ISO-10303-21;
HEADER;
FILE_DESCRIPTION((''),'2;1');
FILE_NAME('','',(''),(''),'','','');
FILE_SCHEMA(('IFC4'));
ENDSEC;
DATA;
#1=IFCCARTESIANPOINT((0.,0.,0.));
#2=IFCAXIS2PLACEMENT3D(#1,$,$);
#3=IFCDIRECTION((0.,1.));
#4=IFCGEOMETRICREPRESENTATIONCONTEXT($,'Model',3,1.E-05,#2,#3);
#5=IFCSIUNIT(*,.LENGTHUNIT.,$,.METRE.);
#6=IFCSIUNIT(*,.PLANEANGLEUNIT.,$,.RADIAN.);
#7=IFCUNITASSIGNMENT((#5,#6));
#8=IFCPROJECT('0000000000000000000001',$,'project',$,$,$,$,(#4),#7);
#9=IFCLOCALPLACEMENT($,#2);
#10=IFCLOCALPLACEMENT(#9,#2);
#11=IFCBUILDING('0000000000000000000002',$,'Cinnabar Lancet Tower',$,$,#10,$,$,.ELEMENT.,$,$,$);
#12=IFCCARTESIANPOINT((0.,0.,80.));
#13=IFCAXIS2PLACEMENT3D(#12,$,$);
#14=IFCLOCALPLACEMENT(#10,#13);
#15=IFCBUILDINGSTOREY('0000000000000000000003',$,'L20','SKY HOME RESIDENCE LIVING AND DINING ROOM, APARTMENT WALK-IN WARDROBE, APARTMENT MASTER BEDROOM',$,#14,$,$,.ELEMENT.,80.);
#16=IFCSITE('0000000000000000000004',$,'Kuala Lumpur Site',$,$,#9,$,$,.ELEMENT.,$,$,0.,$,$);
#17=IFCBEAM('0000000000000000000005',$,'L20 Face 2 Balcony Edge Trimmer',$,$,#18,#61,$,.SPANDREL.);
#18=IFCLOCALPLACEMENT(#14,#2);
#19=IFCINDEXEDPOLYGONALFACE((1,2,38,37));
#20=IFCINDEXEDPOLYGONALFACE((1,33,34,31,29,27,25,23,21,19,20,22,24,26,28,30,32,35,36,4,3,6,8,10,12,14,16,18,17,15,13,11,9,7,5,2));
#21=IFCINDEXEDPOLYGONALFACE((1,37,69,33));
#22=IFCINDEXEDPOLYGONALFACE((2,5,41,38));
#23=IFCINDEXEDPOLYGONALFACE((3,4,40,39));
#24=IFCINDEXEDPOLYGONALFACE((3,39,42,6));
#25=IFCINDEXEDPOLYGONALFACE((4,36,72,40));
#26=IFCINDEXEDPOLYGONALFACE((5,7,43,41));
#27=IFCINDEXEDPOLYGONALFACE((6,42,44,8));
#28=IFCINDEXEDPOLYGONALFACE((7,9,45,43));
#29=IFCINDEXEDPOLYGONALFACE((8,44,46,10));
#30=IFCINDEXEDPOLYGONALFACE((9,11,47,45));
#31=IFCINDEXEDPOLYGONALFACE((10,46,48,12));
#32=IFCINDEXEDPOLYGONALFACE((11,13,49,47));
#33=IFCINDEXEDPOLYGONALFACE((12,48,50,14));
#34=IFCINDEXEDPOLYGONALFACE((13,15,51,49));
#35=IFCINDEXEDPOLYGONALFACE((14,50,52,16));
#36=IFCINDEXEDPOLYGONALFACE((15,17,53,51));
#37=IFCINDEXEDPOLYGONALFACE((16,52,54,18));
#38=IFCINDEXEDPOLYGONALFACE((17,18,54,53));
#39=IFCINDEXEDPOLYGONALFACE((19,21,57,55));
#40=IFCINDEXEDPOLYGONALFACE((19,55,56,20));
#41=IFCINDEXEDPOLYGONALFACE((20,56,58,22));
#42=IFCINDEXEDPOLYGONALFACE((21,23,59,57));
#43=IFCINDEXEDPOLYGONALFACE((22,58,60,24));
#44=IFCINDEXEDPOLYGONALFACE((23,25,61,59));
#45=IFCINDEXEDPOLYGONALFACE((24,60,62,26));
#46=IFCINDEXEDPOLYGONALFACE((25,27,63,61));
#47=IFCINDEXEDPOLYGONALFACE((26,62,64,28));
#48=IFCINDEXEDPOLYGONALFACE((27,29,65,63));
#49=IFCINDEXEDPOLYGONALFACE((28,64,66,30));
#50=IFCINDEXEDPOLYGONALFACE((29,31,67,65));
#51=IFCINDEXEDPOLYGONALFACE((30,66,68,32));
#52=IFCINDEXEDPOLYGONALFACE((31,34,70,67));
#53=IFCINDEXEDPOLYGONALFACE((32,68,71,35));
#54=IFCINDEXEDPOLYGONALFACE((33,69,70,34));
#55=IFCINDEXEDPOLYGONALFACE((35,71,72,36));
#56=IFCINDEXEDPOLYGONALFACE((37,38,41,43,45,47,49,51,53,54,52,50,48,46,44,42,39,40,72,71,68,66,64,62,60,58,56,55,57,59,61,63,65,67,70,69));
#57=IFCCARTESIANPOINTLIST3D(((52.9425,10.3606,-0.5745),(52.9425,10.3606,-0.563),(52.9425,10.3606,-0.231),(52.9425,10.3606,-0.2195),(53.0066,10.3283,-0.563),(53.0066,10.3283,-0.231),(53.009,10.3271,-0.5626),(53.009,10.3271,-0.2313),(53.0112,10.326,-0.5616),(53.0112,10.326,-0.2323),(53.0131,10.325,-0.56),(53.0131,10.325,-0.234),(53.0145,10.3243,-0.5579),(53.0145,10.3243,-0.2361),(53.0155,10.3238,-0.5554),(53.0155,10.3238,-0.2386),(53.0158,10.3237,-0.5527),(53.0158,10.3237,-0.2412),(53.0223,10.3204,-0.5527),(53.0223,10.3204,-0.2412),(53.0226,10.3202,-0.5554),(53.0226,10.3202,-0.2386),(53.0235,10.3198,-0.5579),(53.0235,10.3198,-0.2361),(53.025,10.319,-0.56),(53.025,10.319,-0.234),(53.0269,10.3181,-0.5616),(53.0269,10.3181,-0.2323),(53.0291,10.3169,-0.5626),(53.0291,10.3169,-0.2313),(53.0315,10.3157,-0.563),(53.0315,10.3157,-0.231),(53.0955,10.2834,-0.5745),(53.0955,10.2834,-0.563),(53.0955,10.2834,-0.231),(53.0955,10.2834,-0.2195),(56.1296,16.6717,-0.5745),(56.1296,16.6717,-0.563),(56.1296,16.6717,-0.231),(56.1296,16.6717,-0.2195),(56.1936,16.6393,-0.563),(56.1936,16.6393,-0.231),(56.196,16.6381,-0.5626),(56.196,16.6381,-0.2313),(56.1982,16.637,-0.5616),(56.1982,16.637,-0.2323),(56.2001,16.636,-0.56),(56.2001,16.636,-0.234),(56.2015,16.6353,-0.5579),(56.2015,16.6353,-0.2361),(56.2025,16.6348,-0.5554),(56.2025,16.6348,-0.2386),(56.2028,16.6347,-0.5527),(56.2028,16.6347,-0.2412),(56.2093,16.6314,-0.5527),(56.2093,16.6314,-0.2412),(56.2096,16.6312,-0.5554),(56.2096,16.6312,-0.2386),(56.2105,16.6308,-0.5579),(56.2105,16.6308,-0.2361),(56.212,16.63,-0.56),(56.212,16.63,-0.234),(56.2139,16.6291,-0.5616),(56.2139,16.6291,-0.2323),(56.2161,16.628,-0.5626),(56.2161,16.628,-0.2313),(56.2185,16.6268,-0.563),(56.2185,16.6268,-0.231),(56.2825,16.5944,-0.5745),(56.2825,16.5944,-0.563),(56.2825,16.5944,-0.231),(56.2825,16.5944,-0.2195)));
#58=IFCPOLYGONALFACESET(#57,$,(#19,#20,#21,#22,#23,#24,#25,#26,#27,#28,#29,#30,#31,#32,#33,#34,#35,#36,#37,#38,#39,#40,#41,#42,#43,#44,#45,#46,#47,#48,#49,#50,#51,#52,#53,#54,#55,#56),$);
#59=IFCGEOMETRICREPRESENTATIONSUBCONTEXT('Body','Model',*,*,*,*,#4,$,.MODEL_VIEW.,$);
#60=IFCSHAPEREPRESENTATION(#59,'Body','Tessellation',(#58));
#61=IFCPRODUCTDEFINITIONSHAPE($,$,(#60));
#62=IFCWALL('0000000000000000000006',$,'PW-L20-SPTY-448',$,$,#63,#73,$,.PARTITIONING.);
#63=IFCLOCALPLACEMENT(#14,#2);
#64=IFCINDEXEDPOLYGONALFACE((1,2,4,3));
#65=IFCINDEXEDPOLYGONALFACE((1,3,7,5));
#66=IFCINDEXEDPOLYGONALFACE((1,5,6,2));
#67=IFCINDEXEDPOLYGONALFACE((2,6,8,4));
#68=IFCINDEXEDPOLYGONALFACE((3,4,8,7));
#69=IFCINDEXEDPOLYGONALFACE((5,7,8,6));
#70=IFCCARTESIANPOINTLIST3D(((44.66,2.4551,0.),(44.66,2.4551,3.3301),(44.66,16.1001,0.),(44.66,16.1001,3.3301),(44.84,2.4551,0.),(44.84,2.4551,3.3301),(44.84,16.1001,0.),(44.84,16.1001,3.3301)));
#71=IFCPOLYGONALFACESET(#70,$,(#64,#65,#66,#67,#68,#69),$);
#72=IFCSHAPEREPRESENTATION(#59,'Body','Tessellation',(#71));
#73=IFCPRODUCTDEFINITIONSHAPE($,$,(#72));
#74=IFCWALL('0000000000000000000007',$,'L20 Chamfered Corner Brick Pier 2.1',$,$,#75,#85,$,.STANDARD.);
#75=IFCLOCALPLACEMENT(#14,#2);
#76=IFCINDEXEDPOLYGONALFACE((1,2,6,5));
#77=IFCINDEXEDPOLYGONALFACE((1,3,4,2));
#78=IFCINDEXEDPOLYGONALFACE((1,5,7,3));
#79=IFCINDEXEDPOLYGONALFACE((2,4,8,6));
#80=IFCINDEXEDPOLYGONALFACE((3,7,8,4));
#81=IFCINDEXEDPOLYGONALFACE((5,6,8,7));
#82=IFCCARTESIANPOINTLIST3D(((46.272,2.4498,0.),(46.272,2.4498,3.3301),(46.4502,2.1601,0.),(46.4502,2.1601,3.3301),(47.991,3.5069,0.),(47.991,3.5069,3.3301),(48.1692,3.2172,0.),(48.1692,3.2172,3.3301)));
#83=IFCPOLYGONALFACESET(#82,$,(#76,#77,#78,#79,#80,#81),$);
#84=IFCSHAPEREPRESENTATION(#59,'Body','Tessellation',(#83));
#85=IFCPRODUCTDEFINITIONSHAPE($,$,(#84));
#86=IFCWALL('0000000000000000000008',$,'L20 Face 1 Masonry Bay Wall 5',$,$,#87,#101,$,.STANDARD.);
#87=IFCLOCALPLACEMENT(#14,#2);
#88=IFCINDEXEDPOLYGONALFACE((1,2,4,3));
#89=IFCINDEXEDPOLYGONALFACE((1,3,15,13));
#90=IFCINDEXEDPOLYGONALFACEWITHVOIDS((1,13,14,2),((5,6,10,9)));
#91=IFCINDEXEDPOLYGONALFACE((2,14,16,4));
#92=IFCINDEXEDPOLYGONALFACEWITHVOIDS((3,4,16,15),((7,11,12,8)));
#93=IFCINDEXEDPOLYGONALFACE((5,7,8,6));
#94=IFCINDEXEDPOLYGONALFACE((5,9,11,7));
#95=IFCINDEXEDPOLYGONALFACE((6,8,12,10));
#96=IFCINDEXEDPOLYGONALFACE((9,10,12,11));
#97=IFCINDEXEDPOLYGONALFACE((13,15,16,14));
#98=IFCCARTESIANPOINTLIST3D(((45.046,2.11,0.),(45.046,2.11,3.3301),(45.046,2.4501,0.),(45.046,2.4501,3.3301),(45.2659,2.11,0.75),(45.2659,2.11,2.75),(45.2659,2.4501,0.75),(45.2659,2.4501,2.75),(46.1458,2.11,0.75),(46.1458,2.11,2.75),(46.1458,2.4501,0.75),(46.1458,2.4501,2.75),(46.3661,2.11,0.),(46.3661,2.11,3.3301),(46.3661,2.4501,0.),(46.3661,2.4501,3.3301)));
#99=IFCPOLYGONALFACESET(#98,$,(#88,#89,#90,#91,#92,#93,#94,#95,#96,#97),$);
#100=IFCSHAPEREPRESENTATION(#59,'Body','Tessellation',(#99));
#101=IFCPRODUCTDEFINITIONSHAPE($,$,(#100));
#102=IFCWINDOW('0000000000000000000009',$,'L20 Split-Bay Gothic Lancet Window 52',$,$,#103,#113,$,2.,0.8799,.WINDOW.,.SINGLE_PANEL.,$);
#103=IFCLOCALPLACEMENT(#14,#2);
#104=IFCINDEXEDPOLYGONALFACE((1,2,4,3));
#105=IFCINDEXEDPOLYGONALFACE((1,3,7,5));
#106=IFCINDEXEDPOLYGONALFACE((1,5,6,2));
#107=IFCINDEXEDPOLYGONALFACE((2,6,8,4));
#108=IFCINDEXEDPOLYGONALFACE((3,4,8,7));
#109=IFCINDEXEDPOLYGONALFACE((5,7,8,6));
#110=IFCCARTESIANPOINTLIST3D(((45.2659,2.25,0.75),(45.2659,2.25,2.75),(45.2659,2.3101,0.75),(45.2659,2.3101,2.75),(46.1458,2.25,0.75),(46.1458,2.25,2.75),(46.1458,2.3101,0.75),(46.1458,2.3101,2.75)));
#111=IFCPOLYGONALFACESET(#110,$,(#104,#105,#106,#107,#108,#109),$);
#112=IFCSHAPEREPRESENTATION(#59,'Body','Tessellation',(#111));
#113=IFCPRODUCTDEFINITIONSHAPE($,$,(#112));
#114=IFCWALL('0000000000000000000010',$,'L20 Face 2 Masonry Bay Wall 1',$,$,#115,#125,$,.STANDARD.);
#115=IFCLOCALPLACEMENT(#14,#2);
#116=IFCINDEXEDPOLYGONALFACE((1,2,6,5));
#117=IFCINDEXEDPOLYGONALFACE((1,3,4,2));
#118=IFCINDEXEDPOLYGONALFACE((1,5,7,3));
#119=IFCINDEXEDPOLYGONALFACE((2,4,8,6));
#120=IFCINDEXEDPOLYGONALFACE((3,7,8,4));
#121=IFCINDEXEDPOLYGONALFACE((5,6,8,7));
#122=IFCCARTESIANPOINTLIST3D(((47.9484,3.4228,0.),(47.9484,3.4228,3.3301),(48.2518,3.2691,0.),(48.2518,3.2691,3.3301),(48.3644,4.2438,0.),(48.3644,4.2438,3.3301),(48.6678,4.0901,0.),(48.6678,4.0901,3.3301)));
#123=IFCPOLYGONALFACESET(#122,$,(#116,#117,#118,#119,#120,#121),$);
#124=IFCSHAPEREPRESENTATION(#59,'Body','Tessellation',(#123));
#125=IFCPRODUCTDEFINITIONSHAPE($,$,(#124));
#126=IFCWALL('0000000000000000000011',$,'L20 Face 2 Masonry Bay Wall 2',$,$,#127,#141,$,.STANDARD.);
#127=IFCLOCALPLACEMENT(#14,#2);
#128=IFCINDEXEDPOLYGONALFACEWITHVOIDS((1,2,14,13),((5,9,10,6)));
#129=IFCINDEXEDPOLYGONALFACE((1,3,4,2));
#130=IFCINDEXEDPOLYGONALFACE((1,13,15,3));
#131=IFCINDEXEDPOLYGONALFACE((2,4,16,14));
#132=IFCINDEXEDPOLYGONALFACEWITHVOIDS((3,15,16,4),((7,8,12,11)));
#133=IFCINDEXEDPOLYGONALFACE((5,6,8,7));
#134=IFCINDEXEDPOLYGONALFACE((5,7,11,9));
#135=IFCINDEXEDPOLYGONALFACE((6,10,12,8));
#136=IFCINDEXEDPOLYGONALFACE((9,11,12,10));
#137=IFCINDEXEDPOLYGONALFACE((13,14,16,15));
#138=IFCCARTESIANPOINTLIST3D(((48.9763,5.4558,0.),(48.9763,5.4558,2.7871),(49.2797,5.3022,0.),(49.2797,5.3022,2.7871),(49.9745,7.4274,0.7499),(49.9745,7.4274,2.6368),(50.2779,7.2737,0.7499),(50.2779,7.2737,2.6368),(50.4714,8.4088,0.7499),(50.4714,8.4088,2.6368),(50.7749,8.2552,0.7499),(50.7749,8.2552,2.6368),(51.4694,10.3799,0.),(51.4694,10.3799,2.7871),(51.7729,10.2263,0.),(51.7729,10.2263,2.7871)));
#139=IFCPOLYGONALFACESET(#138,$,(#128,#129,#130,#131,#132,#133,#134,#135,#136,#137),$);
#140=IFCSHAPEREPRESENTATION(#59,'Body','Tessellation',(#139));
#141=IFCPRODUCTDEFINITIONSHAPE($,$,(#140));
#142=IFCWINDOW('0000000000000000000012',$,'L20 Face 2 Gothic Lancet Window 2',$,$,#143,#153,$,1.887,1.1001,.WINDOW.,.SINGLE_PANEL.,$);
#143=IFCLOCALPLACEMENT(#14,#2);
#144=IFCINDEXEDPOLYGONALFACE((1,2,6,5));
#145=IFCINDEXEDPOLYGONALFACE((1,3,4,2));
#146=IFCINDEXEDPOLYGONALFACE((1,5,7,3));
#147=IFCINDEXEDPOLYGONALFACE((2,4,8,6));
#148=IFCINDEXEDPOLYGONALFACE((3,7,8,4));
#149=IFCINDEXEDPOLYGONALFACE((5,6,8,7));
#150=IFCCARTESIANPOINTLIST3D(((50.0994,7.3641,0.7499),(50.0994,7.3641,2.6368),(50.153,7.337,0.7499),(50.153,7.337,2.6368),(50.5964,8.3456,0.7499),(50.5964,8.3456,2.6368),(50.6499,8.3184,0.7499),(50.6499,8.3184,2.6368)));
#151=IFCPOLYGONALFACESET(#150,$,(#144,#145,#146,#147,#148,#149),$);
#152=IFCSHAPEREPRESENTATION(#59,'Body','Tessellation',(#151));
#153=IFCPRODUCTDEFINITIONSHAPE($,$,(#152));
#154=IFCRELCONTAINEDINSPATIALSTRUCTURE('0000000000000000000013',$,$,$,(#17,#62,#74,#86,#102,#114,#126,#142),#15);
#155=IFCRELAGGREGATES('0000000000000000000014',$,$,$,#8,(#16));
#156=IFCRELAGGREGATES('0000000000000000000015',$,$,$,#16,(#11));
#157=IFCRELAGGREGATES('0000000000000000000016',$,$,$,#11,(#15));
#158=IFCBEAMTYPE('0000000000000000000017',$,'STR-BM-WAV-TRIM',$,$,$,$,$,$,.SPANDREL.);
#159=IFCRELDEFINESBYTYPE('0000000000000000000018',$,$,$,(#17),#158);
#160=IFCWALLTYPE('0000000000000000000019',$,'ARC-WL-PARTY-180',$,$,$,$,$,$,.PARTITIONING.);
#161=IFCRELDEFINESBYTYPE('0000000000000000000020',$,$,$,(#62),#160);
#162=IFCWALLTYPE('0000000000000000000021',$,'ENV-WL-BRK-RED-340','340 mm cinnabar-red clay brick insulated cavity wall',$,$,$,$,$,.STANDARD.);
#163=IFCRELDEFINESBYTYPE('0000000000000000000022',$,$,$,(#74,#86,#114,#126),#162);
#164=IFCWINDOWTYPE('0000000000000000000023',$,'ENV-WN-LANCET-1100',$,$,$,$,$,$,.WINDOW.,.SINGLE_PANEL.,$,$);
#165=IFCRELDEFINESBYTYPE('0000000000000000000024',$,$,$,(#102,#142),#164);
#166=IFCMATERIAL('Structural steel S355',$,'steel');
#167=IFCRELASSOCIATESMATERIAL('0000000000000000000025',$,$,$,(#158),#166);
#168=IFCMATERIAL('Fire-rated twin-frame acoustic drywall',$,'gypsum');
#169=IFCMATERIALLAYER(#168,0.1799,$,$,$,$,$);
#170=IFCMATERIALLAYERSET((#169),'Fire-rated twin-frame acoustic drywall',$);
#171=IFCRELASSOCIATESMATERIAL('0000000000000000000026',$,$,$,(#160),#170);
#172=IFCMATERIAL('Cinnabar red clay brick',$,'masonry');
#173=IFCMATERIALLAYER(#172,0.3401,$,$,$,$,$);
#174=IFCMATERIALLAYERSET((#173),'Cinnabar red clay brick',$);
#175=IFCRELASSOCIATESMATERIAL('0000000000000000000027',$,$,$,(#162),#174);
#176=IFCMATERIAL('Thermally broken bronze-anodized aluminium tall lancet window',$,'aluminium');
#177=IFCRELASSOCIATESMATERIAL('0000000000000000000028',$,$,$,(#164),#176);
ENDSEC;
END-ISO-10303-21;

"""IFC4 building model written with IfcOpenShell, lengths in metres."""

from ifc_helpers import new_model, si_unit, direction, frame, frame_2d, origin, origin_2d, place, context, subcontext, project, spatial, rectangle, i_section, extrude, material, layer, layer_set, material_profile, profile_set, type_object, element, fill, save


model = new_model("IFC4")

# Units and contexts
model_context = context("Model", 3, precision=1e-05, world=origin(), true_north=direction((0.0, 1.0)))
body_context = subcontext(model_context, "Body", "Model", "MODEL_VIEW")
ifc_project = project(units=[si_unit("LENGTHUNIT", "METRE"), si_unit("PLANEANGLEUNIT", "RADIAN")], contexts=[model_context])

# Site, building, storey
site_placement = place(None, origin())
site = spatial("IfcSite", under=ifc_project, at=site_placement, Name="Kuala Lumpur Site", CompositionType="ELEMENT", RefElevation=0.0)
building_placement = place(site_placement, origin())
building = spatial("IfcBuilding", under=site, at=building_placement, Name="Cinnabar Lancet Tower", CompositionType="ELEMENT")
storey_placement = place(building_placement, frame((0.0, 0.0, 80.0)))
storey = spatial("IfcBuildingStorey", under=building, at=storey_placement, Name="L20", Description="SKY HOME RESIDENCE LIVING AND DINING ROOM, APARTMENT WALK-IN WARDROBE, APARTMENT MASTER BEDROOM", CompositionType="ELEMENT", Elevation=80.0)

# Beam
ifc_material_1 = material(Name="Structural steel S355", Category="steel")
ifc_material_profile_1 = material_profile(ifc_material_1, i_section(OverallWidth=0.1714, OverallDepth=0.355, WebThickness=0.0073, FlangeThickness=0.0115, FilletRadius=0.0103, at=origin_2d()), Name="UKB 356x171x51")
ifc_profile_set_1 = profile_set([ifc_material_profile_1], Name="Structural steel S355")
beam_type_1 = type_object("IfcBeamType", Name="STR-BM-WAV-TRIM", PredefinedType="SPANDREL", material=ifc_profile_set_1)
beam_1_placement = place(storey_placement, frame((53.019, 10.322, -0.397), z_axis=(0.450774, 0.892638, 0.0), x_axis=(-0.892638, 0.450774, 0.0)))
element("IfcBeam", 1, at=beam_1_placement, inside=storey, type_object=beam_type_1, Name="L20 Face 2 Balcony Edge Trimmer", PredefinedType="SPANDREL", context=body_context, shape_type="SweptSolid", body=[
    extrude(i_section(OverallWidth=0.1714, OverallDepth=0.355, WebThickness=0.0073, FlangeThickness=0.0115, FilletRadius=0.0103, at=origin_2d()), origin(), (0.0, 0.0, 1.0), 7.0701),
])

# Walls
ifc_material_2 = material(Name="Fire-rated twin-frame acoustic drywall", Category="gypsum")
ifc_layer_1 = layer(ifc_material_2, 0.1799)
ifc_layer_set_1 = layer_set([ifc_layer_1], Name="Fire-rated twin-frame acoustic drywall")
wall_type_1 = type_object("IfcWallType", Name="ARC-WL-PARTY-180", PredefinedType="PARTITIONING", material=ifc_layer_set_1)
wall_1_placement = place(storey_placement, frame((44.75, 2.4551, 0.0), z_axis=(0.0, 0.0, 1.0), x_axis=(0.0, 1.0, 0.0)))
element("IfcWall", 2, at=wall_1_placement, inside=storey, type_object=wall_type_1, Name="PW-L20-SPTY-448", PredefinedType="PARTITIONING", context=body_context, shape_type="SweptSolid", body=[
    extrude(rectangle(XDim=13.645, YDim=0.1799, at=frame_2d((6.8225, 0.0))), origin(), (0.0, 0.0, 1.0), 3.3301),
])
ifc_material_3 = material(Name="Cinnabar red clay brick", Category="masonry")
ifc_layer_2 = layer(ifc_material_3, 0.3401)
ifc_layer_set_2 = layer_set([ifc_layer_2], Name="Cinnabar red clay brick")
wall_type_2 = type_object("IfcWallType", Name="ENV-WL-BRK-RED-340", Description="340 mm cinnabar-red clay brick insulated cavity wall", PredefinedType="STANDARD", material=ifc_layer_set_2)
wall_2_placement = place(storey_placement, frame((46.3611, 2.3049, 0.0), z_axis=(0.0, 0.0, 1.0), x_axis=(0.851816, 0.523841, 0.0)))
element("IfcWall", 3, at=wall_2_placement, inside=storey, type_object=wall_type_2, Name="L20 Chamfered Corner Brick Pier 2.1", PredefinedType="STANDARD", context=body_context, shape_type="SweptSolid", body=[
    extrude(rectangle(XDim=2.0181, YDim=0.3401, at=frame_2d((1.009, 0.0))), origin(), (0.0, 0.0, 1.0), 3.3301),
])

# Wall, opening, window
wall_3_placement = place(storey_placement, frame((45.0459, 2.28, 0.0), z_axis=(0.0, 0.0, 1.0), x_axis=(1.0, 0.0, 0.0)))
wall_3 = element("IfcWall", 4, at=wall_3_placement, inside=storey, type_object=wall_type_2, Name="L20 Face 1 Masonry Bay Wall 5", PredefinedType="STANDARD", context=body_context, shape_type="SweptSolid", body=[
    extrude(rectangle(XDim=1.3201, YDim=0.3401, at=frame_2d((0.6602, 0.0))), origin(), (0.0, 0.0, 1.0), 3.3301),
])
opening_1_placement = place(wall_3_placement, frame((0.22, 0.0, 0.75)))
opening_1 = element("IfcOpeningElement", 5, at=opening_1_placement, cuts=wall_3, PredefinedType="OPENING", context=body_context, shape_type="SweptSolid", body=[
    extrude(rectangle(XDim=0.8799, YDim=2.0, at=frame_2d((0.4399, 1.0))), frame((0.0, 0.1799, 0.0), z_axis=(0.0, -1.0, 0.0), x_axis=(1.0, 0.0, 0.0)), (0.0, 0.0, 1.0), 0.3601),
])
ifc_material_4 = material(Name="Thermally broken bronze-anodized aluminium tall lancet window", Category="aluminium")
window_type = type_object("IfcWindowType", Name="ENV-WN-LANCET-1100", PartitioningType="SINGLE_PANEL", PredefinedType="WINDOW", material=ifc_material_4)
window_1_placement = place(opening_1_placement, origin())
window_1 = element("IfcWindow", 6, at=window_1_placement, inside=storey, type_object=window_type, Name="L20 Split-Bay Gothic Lancet Window 52", OverallHeight=2.0, OverallWidth=0.8799, PartitioningType="SINGLE_PANEL", PredefinedType="WINDOW", context=body_context, shape_type="SweptSolid", body=[
    extrude(rectangle(XDim=0.8799, YDim=2.0, at=frame_2d((0.4399, 1.0))), frame((0.0, 0.03, 0.0), z_axis=(0.0, -1.0, 0.0), x_axis=(1.0, 0.0, 0.0)), (0.0, 0.0, 1.0), 0.0601),
])
fill(opening_1, window_1)

# Wall
wall_4_placement = place(storey_placement, frame((48.1001, 3.3459, 0.0), z_axis=(0.0, 0.0, 1.0), x_axis=(0.451982, 0.892027, 0.0)))
element("IfcWall", 7, at=wall_4_placement, inside=storey, type_object=wall_type_2, Name="L20 Face 2 Masonry Bay Wall 1", PredefinedType="STANDARD", context=body_context, shape_type="SweptSolid", body=[
    extrude(rectangle(XDim=0.9204, YDim=0.3401, at=frame_2d((0.4602, 0.0))), origin(), (0.0, 0.0, 1.0), 3.3301),
])

# Wall, opening, window
wall_5_placement = place(storey_placement, frame((49.1279, 5.3789, 0.0), z_axis=(0.0, 0.0, 1.0), x_axis=(0.45172, 0.89216, 0.0)))
wall_5 = element("IfcWall", 8, at=wall_5_placement, inside=storey, type_object=wall_type_2, Name="L20 Face 2 Masonry Bay Wall 2", PredefinedType="STANDARD", context=body_context, shape_type="SweptSolid", body=[
    extrude(rectangle(XDim=5.5193, YDim=0.3401, at=frame_2d((2.7598, 0.0))), origin(), (0.0, 0.0, 1.0), 2.7871),
])
opening_2_placement = place(wall_5_placement, frame((2.21, 0.0, 0.75)))
opening_2 = element("IfcOpeningElement", 9, at=opening_2_placement, cuts=wall_5, PredefinedType="OPENING", context=body_context, shape_type="SweptSolid", body=[
    extrude(rectangle(XDim=1.1001, YDim=1.887, at=frame_2d((0.55, 0.9434))), frame((0.0, 0.1799, 0.0), z_axis=(0.0, -1.0, 0.0), x_axis=(1.0, 0.0, 0.0)), (0.0, 0.0, 1.0), 0.3601),
])
window_2_placement = place(opening_2_placement, origin())
window_2 = element("IfcWindow", 10, at=window_2_placement, inside=storey, type_object=window_type, Name="L20 Face 2 Gothic Lancet Window 2", OverallHeight=1.887, OverallWidth=1.1001, PartitioningType="SINGLE_PANEL", PredefinedType="WINDOW", context=body_context, shape_type="SweptSolid", body=[
    extrude(rectangle(XDim=1.1001, YDim=1.887, at=frame_2d((0.55, 0.9434))), frame((0.0, 0.03, 0.0), z_axis=(0.0, -1.0, 0.0), x_axis=(1.0, 0.0, 0.0)), (0.0, 0.0, 1.0), 0.0601),
])
fill(opening_2, window_2)

save(model, "model.ifc")
